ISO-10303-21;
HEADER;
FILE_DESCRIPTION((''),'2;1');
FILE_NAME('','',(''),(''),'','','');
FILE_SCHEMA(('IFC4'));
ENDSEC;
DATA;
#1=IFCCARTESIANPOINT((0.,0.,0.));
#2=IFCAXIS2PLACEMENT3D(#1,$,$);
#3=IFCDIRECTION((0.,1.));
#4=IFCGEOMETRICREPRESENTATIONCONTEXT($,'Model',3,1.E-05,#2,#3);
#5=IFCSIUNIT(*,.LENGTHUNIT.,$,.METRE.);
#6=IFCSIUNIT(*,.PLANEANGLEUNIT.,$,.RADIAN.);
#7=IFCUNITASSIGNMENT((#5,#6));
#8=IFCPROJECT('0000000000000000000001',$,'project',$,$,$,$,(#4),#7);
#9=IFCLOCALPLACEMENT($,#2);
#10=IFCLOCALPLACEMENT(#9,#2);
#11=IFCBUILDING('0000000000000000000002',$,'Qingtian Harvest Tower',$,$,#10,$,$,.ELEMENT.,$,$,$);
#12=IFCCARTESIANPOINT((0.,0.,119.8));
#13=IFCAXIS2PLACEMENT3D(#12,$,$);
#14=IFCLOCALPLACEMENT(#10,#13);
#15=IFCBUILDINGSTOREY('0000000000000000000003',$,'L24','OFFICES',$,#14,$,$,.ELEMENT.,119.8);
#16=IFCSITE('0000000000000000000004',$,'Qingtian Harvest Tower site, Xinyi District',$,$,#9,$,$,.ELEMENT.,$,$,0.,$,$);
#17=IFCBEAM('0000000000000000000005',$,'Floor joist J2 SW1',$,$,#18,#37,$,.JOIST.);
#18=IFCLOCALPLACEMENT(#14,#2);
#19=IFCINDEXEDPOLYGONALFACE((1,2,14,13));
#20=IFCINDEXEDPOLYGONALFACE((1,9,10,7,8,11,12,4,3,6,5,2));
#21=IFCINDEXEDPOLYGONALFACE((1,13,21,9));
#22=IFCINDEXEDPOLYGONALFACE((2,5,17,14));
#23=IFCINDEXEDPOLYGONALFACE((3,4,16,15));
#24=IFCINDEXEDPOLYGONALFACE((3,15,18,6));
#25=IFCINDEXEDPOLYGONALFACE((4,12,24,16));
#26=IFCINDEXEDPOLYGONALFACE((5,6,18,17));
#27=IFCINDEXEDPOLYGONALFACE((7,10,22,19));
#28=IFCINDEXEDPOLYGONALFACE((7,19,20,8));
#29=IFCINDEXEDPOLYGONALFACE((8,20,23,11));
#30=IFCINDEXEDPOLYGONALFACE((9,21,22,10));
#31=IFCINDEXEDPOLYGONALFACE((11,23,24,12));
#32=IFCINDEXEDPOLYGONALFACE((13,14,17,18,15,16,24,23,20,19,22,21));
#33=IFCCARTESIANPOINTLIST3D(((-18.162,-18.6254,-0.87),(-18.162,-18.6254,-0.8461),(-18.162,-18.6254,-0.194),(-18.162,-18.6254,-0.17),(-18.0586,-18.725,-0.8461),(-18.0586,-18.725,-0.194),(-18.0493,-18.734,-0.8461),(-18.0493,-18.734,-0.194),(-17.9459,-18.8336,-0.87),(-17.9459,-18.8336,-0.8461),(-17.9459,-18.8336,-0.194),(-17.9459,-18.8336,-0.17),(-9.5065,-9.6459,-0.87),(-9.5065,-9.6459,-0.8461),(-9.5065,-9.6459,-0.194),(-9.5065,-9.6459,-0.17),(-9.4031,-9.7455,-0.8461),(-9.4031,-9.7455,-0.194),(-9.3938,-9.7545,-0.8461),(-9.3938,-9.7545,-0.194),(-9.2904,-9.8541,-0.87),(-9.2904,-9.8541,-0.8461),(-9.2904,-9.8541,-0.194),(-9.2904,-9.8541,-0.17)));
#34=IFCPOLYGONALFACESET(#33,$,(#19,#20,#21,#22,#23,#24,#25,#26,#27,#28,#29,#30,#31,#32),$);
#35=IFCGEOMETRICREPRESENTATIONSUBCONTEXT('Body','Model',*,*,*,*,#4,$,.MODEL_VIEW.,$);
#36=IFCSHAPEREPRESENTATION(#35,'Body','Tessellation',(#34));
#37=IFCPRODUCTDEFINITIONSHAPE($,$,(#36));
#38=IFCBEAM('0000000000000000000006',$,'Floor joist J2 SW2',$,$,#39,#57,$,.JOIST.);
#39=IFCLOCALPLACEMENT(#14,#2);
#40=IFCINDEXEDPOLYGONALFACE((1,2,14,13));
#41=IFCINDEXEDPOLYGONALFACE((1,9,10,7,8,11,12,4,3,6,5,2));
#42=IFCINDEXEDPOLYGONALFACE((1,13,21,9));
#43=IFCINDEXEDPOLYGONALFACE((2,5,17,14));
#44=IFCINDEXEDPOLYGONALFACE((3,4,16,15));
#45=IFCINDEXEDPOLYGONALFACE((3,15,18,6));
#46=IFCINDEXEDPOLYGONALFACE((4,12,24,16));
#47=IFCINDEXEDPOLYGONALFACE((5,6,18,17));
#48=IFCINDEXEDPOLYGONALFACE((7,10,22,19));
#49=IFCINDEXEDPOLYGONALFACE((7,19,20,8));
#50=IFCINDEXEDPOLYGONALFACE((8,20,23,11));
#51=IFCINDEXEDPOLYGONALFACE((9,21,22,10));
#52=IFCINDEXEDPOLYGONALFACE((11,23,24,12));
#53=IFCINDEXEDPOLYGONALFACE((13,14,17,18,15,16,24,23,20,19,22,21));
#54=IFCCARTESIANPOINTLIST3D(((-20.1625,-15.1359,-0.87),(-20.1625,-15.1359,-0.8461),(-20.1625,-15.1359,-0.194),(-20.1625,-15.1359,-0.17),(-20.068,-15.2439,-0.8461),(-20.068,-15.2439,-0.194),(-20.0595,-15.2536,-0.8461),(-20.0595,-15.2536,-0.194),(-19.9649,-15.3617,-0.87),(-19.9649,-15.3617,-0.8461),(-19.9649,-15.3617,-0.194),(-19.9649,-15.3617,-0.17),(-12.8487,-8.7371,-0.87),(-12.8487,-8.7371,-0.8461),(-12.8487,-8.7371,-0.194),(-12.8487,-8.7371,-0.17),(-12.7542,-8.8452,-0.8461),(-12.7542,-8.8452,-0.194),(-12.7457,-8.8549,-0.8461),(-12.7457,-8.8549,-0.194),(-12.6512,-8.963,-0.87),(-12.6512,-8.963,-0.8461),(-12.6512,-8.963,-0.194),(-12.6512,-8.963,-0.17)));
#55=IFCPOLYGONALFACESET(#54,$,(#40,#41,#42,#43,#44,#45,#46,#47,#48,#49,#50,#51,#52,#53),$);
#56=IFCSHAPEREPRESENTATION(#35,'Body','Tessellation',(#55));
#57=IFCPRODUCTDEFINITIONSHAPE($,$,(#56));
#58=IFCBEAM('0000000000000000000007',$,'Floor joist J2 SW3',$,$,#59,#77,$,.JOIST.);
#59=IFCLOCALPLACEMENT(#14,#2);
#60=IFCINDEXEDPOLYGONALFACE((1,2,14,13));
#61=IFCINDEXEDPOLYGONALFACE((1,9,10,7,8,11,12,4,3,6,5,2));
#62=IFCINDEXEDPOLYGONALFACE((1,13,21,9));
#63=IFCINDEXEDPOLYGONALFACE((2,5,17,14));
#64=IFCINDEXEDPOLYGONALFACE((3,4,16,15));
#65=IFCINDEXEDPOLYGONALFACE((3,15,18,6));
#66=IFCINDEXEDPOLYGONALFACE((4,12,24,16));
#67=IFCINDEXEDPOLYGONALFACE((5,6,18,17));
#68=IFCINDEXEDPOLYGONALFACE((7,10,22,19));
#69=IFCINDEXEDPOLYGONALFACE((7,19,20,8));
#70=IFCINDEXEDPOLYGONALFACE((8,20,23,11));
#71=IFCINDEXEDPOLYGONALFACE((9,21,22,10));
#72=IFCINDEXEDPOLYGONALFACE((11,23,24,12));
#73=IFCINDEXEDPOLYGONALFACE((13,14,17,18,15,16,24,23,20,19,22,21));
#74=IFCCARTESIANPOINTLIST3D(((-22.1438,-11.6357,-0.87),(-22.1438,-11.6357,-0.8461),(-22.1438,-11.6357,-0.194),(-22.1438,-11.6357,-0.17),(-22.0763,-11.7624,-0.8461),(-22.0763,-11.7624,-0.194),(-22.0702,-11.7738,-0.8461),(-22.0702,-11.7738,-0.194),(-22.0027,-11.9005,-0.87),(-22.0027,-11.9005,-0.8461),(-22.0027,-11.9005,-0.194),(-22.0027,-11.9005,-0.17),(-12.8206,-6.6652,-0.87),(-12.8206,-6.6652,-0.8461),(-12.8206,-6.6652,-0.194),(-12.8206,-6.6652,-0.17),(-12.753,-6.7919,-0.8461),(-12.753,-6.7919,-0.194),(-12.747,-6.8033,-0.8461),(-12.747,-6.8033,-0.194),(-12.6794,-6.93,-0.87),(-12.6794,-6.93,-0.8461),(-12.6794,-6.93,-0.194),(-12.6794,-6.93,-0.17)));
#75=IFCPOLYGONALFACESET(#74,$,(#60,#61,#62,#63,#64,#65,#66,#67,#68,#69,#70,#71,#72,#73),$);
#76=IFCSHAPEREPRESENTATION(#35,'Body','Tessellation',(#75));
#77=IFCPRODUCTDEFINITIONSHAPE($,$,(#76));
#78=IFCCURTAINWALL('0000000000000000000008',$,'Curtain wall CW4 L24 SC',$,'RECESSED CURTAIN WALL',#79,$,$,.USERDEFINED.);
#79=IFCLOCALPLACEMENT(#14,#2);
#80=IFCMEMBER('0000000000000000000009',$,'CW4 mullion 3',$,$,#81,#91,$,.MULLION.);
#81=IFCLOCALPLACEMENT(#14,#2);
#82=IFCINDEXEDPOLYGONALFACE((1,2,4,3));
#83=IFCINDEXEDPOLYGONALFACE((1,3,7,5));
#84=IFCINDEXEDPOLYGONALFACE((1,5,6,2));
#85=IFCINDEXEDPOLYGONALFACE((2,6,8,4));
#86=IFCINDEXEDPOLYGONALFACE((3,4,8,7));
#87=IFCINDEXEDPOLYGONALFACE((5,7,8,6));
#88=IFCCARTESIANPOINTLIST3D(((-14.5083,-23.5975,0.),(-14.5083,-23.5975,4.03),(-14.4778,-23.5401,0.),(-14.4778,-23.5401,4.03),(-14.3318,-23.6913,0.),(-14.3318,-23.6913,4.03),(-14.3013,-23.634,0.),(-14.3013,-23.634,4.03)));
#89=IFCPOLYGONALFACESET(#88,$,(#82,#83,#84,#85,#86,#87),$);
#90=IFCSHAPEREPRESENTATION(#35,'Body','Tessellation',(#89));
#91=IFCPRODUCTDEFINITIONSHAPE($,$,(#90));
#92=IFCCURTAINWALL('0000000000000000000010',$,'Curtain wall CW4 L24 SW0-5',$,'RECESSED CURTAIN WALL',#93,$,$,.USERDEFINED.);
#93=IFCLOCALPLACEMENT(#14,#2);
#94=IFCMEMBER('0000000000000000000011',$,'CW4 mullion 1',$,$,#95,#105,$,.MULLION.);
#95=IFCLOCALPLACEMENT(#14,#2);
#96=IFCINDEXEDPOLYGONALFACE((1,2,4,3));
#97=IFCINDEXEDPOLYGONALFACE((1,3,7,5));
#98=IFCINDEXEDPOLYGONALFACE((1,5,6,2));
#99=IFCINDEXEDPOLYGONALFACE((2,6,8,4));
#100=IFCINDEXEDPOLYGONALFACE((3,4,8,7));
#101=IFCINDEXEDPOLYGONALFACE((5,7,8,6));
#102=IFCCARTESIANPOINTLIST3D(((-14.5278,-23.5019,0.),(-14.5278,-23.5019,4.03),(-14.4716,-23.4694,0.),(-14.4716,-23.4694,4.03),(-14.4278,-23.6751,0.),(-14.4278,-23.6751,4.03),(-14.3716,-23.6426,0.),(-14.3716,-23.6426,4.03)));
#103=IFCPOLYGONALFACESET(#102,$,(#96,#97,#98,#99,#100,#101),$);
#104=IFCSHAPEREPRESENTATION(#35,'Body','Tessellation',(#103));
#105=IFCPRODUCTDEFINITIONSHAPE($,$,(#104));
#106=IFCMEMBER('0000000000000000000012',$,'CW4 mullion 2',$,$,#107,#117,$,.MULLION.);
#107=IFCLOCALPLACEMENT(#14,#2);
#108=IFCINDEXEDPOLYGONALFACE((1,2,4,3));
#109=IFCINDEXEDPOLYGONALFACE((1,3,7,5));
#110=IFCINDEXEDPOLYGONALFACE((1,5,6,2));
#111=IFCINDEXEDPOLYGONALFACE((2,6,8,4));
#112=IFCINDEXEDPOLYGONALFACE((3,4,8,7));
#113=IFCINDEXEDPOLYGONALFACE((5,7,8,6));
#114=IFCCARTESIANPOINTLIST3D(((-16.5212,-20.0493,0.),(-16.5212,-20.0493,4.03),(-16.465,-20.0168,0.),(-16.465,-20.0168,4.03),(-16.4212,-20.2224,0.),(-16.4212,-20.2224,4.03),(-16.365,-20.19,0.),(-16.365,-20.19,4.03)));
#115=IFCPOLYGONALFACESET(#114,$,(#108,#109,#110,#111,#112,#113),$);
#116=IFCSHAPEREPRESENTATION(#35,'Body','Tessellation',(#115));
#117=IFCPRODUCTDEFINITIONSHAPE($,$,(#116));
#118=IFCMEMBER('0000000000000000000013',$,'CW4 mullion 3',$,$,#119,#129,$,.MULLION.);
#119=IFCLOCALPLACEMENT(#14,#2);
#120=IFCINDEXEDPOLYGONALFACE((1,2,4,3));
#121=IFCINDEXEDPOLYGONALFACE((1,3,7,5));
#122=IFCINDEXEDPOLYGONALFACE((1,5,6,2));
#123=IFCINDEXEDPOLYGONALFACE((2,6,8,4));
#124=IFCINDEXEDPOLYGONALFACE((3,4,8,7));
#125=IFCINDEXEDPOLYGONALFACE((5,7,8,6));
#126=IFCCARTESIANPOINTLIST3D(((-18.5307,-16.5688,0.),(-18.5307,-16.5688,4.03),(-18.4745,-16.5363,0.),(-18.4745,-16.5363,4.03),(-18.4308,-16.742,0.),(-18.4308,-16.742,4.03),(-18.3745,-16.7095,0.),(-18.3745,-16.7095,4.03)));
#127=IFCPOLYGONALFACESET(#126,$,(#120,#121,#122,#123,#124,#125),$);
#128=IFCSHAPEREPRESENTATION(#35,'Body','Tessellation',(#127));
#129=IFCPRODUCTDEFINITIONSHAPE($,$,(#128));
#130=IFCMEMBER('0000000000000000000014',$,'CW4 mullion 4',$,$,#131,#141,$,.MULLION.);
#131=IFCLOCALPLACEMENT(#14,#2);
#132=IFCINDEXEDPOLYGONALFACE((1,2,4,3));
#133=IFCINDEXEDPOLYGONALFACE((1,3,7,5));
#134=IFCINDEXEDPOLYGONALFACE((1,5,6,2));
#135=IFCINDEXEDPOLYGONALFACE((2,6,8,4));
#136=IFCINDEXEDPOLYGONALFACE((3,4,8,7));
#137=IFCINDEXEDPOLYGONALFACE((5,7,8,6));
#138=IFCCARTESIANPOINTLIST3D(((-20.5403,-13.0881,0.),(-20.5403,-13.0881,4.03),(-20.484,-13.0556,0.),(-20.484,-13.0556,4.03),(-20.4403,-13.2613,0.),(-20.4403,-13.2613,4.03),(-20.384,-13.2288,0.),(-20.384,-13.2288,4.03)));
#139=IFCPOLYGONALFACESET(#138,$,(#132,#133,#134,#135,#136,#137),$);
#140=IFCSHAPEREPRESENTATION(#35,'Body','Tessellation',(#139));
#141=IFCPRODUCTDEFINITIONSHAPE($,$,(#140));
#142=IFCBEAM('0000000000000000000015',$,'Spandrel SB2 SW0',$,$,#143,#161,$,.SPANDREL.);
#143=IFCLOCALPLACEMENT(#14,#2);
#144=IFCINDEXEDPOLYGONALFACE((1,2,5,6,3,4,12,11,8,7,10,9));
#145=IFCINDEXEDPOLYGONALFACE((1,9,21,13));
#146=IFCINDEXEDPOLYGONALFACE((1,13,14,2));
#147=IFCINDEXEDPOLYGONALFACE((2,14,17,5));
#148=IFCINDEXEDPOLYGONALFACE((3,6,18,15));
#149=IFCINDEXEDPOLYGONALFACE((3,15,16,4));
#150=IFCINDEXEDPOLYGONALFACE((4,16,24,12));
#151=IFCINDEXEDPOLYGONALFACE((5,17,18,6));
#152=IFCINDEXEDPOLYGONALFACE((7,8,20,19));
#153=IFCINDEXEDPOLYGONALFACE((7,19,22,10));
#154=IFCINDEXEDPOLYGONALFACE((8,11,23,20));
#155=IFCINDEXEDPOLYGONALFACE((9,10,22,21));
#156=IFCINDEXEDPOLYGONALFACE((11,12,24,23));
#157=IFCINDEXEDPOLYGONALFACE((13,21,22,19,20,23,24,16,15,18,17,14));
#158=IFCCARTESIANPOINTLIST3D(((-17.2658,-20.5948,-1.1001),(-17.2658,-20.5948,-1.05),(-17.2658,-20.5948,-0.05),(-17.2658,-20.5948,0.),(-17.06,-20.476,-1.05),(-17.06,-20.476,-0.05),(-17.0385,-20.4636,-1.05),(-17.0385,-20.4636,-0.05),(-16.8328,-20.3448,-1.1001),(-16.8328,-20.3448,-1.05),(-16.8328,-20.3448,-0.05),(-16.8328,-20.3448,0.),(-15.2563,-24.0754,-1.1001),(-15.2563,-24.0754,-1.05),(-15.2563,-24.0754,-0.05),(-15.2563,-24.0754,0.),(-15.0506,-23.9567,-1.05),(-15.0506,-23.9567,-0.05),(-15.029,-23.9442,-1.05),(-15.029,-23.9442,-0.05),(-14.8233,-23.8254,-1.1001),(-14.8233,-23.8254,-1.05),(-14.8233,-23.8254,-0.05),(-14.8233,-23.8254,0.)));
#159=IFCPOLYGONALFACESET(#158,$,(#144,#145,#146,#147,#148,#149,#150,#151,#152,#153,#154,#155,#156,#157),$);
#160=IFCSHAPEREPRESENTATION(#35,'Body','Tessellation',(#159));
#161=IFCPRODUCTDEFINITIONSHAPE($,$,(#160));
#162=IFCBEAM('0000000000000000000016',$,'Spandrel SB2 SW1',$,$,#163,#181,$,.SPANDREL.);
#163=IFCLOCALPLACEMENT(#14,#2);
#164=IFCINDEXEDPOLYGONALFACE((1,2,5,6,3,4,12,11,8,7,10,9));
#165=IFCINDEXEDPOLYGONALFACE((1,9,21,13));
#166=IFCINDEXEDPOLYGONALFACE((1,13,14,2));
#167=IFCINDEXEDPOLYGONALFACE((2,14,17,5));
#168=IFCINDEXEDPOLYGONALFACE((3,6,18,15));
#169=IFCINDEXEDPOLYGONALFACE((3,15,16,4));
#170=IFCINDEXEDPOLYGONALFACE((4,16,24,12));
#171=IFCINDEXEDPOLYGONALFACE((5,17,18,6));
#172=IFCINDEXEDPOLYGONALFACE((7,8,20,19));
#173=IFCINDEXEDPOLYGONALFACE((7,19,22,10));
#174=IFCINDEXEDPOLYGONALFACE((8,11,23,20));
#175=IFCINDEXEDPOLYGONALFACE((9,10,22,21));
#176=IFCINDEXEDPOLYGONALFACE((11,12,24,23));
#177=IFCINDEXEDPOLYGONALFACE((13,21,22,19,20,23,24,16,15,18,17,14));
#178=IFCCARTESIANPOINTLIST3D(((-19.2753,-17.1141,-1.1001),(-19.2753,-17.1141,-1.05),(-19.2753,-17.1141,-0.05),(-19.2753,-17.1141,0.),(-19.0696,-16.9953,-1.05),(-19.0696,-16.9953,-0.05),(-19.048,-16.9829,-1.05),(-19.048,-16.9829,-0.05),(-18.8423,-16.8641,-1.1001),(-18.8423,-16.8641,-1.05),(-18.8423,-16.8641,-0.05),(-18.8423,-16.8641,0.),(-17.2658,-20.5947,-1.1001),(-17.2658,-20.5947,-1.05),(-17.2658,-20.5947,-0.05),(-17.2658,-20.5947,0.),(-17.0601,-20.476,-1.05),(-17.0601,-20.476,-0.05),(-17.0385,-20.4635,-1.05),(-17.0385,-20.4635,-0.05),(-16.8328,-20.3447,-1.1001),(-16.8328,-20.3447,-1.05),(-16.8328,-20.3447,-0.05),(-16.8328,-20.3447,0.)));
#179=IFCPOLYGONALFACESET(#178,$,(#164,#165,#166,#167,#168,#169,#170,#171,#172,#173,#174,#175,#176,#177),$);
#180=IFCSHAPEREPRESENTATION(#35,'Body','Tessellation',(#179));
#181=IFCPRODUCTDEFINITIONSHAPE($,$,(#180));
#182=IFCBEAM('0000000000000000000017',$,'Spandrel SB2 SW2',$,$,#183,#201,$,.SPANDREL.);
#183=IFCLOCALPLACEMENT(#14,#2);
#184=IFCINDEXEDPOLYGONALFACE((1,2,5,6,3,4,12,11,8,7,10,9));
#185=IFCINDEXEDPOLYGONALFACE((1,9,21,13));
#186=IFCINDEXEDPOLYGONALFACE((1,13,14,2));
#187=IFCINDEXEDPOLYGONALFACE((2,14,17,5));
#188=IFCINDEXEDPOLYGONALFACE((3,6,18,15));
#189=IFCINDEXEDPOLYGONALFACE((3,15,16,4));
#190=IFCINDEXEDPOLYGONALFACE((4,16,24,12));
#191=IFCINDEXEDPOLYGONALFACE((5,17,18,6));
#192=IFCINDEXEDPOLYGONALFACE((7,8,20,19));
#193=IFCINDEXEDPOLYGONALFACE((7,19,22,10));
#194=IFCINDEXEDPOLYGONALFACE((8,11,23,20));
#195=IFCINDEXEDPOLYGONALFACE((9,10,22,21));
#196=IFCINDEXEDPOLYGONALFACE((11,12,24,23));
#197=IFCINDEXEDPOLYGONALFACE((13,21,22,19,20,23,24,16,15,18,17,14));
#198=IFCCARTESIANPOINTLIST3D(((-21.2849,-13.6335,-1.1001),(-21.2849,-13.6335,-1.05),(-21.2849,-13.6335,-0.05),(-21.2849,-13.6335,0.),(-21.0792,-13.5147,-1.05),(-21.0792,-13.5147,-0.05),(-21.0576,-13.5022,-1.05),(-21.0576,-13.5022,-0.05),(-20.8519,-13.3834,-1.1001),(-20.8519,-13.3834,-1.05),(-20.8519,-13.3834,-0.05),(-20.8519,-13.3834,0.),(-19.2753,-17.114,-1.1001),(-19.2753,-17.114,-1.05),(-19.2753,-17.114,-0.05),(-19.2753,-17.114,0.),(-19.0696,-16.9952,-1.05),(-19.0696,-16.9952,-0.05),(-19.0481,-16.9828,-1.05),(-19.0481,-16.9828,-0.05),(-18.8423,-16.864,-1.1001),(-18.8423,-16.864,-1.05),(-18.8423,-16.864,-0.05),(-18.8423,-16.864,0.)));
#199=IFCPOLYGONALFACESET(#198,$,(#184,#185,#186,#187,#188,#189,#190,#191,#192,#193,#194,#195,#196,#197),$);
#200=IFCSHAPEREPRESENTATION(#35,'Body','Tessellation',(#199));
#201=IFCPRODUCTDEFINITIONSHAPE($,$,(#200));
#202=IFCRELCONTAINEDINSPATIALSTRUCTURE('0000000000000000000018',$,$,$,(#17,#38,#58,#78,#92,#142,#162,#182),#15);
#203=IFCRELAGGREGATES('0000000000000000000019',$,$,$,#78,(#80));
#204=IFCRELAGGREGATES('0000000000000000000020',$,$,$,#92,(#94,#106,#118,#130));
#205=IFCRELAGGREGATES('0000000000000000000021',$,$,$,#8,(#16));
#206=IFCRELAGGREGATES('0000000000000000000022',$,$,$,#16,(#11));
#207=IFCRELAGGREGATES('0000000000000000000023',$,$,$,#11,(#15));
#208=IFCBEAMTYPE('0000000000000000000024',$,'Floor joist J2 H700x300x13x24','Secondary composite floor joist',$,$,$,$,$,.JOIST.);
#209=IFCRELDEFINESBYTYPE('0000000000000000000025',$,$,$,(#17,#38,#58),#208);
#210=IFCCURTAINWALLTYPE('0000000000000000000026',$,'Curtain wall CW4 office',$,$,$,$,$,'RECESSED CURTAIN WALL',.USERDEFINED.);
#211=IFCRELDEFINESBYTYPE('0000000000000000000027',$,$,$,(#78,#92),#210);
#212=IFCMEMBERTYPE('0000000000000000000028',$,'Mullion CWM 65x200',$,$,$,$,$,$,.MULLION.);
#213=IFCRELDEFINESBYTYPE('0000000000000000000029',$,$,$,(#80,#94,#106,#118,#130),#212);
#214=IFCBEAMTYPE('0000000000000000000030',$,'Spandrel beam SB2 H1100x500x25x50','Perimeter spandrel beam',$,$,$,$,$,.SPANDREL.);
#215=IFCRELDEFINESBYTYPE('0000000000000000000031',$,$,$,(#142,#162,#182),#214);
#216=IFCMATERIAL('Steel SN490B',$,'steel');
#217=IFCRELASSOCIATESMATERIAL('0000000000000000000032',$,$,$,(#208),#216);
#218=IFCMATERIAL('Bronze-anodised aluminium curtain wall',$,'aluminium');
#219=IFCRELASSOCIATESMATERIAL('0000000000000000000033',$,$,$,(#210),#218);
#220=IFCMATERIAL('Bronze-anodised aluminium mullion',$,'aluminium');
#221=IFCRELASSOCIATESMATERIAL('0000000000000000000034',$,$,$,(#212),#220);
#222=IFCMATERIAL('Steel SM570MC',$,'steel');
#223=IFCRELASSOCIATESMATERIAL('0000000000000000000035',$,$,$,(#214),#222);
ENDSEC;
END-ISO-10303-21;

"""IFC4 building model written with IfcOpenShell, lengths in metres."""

from ifc_helpers import new_model, si_unit, direction, frame, origin, origin_2d, place, context, subcontext, project, spatial, rectangle, i_section, extrude, material, material_profile, profile_set, type_object, element, aggregate, save


model = new_model("IFC4")

# Units and contexts
model_context = context("Model", 3, precision=1e-05, world=origin(), true_north=direction((0.0, 1.0)))
body_context = subcontext(model_context, "Body", "Model", "MODEL_VIEW")
ifc_project = project(units=[si_unit("LENGTHUNIT", "METRE"), si_unit("PLANEANGLEUNIT", "RADIAN")], contexts=[model_context])

# Site, building, storey
site_placement = place(None, origin())
site = spatial("IfcSite", under=ifc_project, at=site_placement, Name="Qingtian Harvest Tower site, Xinyi District", CompositionType="ELEMENT", RefElevation=0.0)
building_placement = place(site_placement, origin())
building = spatial("IfcBuilding", under=site, at=building_placement, Name="Qingtian Harvest Tower", CompositionType="ELEMENT")
storey_placement = place(building_placement, frame((0.0, 0.0, 119.8)))
storey = spatial("IfcBuildingStorey", under=building, at=storey_placement, Name="L24", Description="OFFICES", CompositionType="ELEMENT", Elevation=119.8)

# Beams
ifc_material_1 = material(Name="Steel SN490B", Category="steel")
ifc_material_profile_1 = material_profile(ifc_material_1, i_section(OverallWidth=0.3, OverallDepth=0.7, WebThickness=0.0129, FlangeThickness=0.0239, at=origin_2d()), Name="H700x300x13x24")
ifc_profile_set_1 = profile_set([ifc_material_profile_1], Name="Steel SN490B")
beam_type_1 = type_object("IfcBeamType", Name="Floor joist J2 H700x300x13x24", Description="Secondary composite floor joist", PredefinedType="JOIST", material=ifc_profile_set_1)
beam_1_placement = place(storey_placement, frame((-18.054, -18.7295, -0.52), z_axis=(0.693999, 0.719976, 0.0), x_axis=(-0.719976, 0.693999, 0.0)))
element("IfcBeam", 1, at=beam_1_placement, inside=storey, type_object=beam_type_1, Name="Floor joist J2 SW1", PredefinedType="JOIST", context=body_context, shape_type="SweptSolid", body=[
    extrude(i_section(OverallWidth=0.3, OverallDepth=0.7, WebThickness=0.0129, FlangeThickness=0.0239, at=origin_2d()), origin(), (0.0, 0.0, 1.0), 12.4719),
])
beam_2_placement = place(storey_placement, frame((-20.0637, -15.2488, -0.52), z_axis=(0.752619, 0.658457, 0.0), x_axis=(-0.658457, 0.752619, 0.0)))
element("IfcBeam", 2, at=beam_2_placement, inside=storey, type_object=beam_type_1, Name="Floor joist J2 SW2", PredefinedType="JOIST", context=body_context, shape_type="SweptSolid", body=[
    extrude(i_section(OverallWidth=0.3, OverallDepth=0.7, WebThickness=0.0129, FlangeThickness=0.0239, at=origin_2d()), origin(), (0.0, 0.0, 1.0), 9.7178),
])
beam_3_placement = place(storey_placement, frame((-22.0732, -11.7681, -0.52), z_axis=(0.882429, 0.470446, 0.0), x_axis=(-0.470446, 0.882429, 0.0)))
element("IfcBeam", 3, at=beam_3_placement, inside=storey, type_object=beam_type_1, Name="Floor joist J2 SW3", PredefinedType="JOIST", context=body_context, shape_type="SweptSolid", body=[
    extrude(i_section(OverallWidth=0.3, OverallDepth=0.7, WebThickness=0.0129, FlangeThickness=0.0239, at=origin_2d()), origin(), (0.0, 0.0, 1.0), 10.5654),
])

# Curtain wall, member
ifc_material_2 = material(Name="Bronze-anodised aluminium curtain wall", Category="aluminium")
curtain_wall_type = type_object("IfcCurtainWallType", Name="Curtain wall CW4 office", ElementType="RECESSED CURTAIN WALL", PredefinedType="USERDEFINED", material=ifc_material_2)
curtain_wall_1_placement = place(storey_placement, origin())
curtain_wall_1 = element("IfcCurtainWall", 4, at=curtain_wall_1_placement, inside=storey, type_object=curtain_wall_type, Name="Curtain wall CW4 L24 SC", ObjectType="RECESSED CURTAIN WALL", PredefinedType="USERDEFINED")
ifc_material_3 = material(Name="Bronze-anodised aluminium mullion", Category="aluminium")
ifc_material_profile_2 = material_profile(ifc_material_3, rectangle(XDim=0.0649, YDim=0.2, at=origin_2d()), Name="AL 65x200")
ifc_profile_set_2 = profile_set([ifc_material_profile_2], Name="Bronze-anodised aluminium mullion")
member_type_1 = type_object("IfcMemberType", Name="Mullion CWM 65x200", PredefinedType="MULLION", material=ifc_profile_set_2)
member_1_placement = place(storey_placement, frame((-14.4048, -23.6157, 0.0), z_axis=(0.0, 0.0, 1.0), x_axis=(-0.469472, -0.882948, 0.0)))
member_1 = element("IfcMember", 5, at=member_1_placement, type_object=member_type_1, Name="CW4 mullion 3", PredefinedType="MULLION", context=body_context, shape_type="SweptSolid", body=[
    extrude(rectangle(XDim=0.0649, YDim=0.2, at=origin_2d()), origin(), (0.0, 0.0, 1.0), 4.03),
])
aggregate(curtain_wall_1, [member_1])

# Curtain wall, members
curtain_wall_2_placement = place(storey_placement, origin())
curtain_wall_2 = element("IfcCurtainWall", 6, at=curtain_wall_2_placement, inside=storey, type_object=curtain_wall_type, Name="Curtain wall CW4 L24 SW0-5", ObjectType="RECESSED CURTAIN WALL", PredefinedType="USERDEFINED")
member_2_placement = place(storey_placement, frame((-14.4497, -23.5723, 0.0), z_axis=(0.0, 0.0, 1.0), x_axis=(-0.866025, -0.5, 0.0)))
member_2 = element("IfcMember", 7, at=member_2_placement, type_object=member_type_1, Name="CW4 mullion 1", PredefinedType="MULLION", context=body_context, shape_type="SweptSolid", body=[
    extrude(rectangle(XDim=0.0649, YDim=0.2, at=origin_2d()), origin(), (0.0, 0.0, 1.0), 4.03),
])
member_3_placement = place(storey_placement, frame((-16.4431, -20.1196, 0.0), z_axis=(0.0, 0.0, 1.0), x_axis=(-0.866025, -0.5, 0.0)))
member_3 = element("IfcMember", 8, at=member_3_placement, type_object=member_type_1, Name="CW4 mullion 2", PredefinedType="MULLION", context=body_context, shape_type="SweptSolid", body=[
    extrude(rectangle(XDim=0.0649, YDim=0.2, at=origin_2d()), origin(), (0.0, 0.0, 1.0), 4.03),
])
member_4_placement = place(storey_placement, frame((-18.4526, -16.6392, 0.0), z_axis=(0.0, 0.0, 1.0), x_axis=(-0.866025, -0.5, 0.0)))
member_4 = element("IfcMember", 9, at=member_4_placement, type_object=member_type_1, Name="CW4 mullion 3", PredefinedType="MULLION", context=body_context, shape_type="SweptSolid", body=[
    extrude(rectangle(XDim=0.0649, YDim=0.2, at=origin_2d()), origin(), (0.0, 0.0, 1.0), 4.03),
])
member_5_placement = place(storey_placement, frame((-20.4622, -13.1584, 0.0), z_axis=(0.0, 0.0, 1.0), x_axis=(-0.866025, -0.5, 0.0)))
member_5 = element("IfcMember", 10, at=member_5_placement, type_object=member_type_1, Name="CW4 mullion 4", PredefinedType="MULLION", context=body_context, shape_type="SweptSolid", body=[
    extrude(rectangle(XDim=0.0649, YDim=0.2, at=origin_2d()), origin(), (0.0, 0.0, 1.0), 4.03),
])

# Beams
ifc_material_4 = material(Name="Steel SM570MC", Category="steel")
ifc_material_profile_3 = material_profile(ifc_material_4, i_section(OverallWidth=0.5, OverallDepth=1.1001, WebThickness=0.0249, FlangeThickness=0.05, at=origin_2d()), Name="H1100x500x25x50")
ifc_profile_set_3 = profile_set([ifc_material_profile_3], Name="Steel SM570MC")
beam_type_2 = type_object("IfcBeamType", Name="Spandrel beam SB2 H1100x500x25x50", Description="Perimeter spandrel beam", PredefinedType="SPANDREL", material=ifc_profile_set_3)
for number, where, z_axis, x_axis, name in (
    (11, (-15.0398, -23.9504, -0.55), (-0.499987, 0.866033, 0.0), (-0.866033, -0.499987, 0.0), "Spandrel SB2 SW0"),
    (12, (-17.0493, -20.4697, -0.55), (-0.499987, 0.866033, 0.0), (-0.866033, -0.499987, 0.0), "Spandrel SB2 SW1"),
    (13, (-19.0588, -16.989, -0.55), (-0.500013, 0.866018, 0.0), (-0.866018, -0.500013, 0.0), "Spandrel SB2 SW2"),
):
    element("IfcBeam", number, at=place(storey_placement, frame(where, z_axis=z_axis, x_axis=x_axis)), inside=storey, type_object=beam_type_2, Name=name, PredefinedType="SPANDREL", context=body_context, shape_type="SweptSolid", body=[
        extrude(i_section(OverallWidth=0.5, OverallDepth=1.1001, WebThickness=0.0249, FlangeThickness=0.05, at=origin_2d()), origin(), (0.0, 0.0, 1.0), 4.019),
    ])

aggregate(curtain_wall_2, [member_2, member_3, member_4, member_5])

save(model, "model.ifc")
